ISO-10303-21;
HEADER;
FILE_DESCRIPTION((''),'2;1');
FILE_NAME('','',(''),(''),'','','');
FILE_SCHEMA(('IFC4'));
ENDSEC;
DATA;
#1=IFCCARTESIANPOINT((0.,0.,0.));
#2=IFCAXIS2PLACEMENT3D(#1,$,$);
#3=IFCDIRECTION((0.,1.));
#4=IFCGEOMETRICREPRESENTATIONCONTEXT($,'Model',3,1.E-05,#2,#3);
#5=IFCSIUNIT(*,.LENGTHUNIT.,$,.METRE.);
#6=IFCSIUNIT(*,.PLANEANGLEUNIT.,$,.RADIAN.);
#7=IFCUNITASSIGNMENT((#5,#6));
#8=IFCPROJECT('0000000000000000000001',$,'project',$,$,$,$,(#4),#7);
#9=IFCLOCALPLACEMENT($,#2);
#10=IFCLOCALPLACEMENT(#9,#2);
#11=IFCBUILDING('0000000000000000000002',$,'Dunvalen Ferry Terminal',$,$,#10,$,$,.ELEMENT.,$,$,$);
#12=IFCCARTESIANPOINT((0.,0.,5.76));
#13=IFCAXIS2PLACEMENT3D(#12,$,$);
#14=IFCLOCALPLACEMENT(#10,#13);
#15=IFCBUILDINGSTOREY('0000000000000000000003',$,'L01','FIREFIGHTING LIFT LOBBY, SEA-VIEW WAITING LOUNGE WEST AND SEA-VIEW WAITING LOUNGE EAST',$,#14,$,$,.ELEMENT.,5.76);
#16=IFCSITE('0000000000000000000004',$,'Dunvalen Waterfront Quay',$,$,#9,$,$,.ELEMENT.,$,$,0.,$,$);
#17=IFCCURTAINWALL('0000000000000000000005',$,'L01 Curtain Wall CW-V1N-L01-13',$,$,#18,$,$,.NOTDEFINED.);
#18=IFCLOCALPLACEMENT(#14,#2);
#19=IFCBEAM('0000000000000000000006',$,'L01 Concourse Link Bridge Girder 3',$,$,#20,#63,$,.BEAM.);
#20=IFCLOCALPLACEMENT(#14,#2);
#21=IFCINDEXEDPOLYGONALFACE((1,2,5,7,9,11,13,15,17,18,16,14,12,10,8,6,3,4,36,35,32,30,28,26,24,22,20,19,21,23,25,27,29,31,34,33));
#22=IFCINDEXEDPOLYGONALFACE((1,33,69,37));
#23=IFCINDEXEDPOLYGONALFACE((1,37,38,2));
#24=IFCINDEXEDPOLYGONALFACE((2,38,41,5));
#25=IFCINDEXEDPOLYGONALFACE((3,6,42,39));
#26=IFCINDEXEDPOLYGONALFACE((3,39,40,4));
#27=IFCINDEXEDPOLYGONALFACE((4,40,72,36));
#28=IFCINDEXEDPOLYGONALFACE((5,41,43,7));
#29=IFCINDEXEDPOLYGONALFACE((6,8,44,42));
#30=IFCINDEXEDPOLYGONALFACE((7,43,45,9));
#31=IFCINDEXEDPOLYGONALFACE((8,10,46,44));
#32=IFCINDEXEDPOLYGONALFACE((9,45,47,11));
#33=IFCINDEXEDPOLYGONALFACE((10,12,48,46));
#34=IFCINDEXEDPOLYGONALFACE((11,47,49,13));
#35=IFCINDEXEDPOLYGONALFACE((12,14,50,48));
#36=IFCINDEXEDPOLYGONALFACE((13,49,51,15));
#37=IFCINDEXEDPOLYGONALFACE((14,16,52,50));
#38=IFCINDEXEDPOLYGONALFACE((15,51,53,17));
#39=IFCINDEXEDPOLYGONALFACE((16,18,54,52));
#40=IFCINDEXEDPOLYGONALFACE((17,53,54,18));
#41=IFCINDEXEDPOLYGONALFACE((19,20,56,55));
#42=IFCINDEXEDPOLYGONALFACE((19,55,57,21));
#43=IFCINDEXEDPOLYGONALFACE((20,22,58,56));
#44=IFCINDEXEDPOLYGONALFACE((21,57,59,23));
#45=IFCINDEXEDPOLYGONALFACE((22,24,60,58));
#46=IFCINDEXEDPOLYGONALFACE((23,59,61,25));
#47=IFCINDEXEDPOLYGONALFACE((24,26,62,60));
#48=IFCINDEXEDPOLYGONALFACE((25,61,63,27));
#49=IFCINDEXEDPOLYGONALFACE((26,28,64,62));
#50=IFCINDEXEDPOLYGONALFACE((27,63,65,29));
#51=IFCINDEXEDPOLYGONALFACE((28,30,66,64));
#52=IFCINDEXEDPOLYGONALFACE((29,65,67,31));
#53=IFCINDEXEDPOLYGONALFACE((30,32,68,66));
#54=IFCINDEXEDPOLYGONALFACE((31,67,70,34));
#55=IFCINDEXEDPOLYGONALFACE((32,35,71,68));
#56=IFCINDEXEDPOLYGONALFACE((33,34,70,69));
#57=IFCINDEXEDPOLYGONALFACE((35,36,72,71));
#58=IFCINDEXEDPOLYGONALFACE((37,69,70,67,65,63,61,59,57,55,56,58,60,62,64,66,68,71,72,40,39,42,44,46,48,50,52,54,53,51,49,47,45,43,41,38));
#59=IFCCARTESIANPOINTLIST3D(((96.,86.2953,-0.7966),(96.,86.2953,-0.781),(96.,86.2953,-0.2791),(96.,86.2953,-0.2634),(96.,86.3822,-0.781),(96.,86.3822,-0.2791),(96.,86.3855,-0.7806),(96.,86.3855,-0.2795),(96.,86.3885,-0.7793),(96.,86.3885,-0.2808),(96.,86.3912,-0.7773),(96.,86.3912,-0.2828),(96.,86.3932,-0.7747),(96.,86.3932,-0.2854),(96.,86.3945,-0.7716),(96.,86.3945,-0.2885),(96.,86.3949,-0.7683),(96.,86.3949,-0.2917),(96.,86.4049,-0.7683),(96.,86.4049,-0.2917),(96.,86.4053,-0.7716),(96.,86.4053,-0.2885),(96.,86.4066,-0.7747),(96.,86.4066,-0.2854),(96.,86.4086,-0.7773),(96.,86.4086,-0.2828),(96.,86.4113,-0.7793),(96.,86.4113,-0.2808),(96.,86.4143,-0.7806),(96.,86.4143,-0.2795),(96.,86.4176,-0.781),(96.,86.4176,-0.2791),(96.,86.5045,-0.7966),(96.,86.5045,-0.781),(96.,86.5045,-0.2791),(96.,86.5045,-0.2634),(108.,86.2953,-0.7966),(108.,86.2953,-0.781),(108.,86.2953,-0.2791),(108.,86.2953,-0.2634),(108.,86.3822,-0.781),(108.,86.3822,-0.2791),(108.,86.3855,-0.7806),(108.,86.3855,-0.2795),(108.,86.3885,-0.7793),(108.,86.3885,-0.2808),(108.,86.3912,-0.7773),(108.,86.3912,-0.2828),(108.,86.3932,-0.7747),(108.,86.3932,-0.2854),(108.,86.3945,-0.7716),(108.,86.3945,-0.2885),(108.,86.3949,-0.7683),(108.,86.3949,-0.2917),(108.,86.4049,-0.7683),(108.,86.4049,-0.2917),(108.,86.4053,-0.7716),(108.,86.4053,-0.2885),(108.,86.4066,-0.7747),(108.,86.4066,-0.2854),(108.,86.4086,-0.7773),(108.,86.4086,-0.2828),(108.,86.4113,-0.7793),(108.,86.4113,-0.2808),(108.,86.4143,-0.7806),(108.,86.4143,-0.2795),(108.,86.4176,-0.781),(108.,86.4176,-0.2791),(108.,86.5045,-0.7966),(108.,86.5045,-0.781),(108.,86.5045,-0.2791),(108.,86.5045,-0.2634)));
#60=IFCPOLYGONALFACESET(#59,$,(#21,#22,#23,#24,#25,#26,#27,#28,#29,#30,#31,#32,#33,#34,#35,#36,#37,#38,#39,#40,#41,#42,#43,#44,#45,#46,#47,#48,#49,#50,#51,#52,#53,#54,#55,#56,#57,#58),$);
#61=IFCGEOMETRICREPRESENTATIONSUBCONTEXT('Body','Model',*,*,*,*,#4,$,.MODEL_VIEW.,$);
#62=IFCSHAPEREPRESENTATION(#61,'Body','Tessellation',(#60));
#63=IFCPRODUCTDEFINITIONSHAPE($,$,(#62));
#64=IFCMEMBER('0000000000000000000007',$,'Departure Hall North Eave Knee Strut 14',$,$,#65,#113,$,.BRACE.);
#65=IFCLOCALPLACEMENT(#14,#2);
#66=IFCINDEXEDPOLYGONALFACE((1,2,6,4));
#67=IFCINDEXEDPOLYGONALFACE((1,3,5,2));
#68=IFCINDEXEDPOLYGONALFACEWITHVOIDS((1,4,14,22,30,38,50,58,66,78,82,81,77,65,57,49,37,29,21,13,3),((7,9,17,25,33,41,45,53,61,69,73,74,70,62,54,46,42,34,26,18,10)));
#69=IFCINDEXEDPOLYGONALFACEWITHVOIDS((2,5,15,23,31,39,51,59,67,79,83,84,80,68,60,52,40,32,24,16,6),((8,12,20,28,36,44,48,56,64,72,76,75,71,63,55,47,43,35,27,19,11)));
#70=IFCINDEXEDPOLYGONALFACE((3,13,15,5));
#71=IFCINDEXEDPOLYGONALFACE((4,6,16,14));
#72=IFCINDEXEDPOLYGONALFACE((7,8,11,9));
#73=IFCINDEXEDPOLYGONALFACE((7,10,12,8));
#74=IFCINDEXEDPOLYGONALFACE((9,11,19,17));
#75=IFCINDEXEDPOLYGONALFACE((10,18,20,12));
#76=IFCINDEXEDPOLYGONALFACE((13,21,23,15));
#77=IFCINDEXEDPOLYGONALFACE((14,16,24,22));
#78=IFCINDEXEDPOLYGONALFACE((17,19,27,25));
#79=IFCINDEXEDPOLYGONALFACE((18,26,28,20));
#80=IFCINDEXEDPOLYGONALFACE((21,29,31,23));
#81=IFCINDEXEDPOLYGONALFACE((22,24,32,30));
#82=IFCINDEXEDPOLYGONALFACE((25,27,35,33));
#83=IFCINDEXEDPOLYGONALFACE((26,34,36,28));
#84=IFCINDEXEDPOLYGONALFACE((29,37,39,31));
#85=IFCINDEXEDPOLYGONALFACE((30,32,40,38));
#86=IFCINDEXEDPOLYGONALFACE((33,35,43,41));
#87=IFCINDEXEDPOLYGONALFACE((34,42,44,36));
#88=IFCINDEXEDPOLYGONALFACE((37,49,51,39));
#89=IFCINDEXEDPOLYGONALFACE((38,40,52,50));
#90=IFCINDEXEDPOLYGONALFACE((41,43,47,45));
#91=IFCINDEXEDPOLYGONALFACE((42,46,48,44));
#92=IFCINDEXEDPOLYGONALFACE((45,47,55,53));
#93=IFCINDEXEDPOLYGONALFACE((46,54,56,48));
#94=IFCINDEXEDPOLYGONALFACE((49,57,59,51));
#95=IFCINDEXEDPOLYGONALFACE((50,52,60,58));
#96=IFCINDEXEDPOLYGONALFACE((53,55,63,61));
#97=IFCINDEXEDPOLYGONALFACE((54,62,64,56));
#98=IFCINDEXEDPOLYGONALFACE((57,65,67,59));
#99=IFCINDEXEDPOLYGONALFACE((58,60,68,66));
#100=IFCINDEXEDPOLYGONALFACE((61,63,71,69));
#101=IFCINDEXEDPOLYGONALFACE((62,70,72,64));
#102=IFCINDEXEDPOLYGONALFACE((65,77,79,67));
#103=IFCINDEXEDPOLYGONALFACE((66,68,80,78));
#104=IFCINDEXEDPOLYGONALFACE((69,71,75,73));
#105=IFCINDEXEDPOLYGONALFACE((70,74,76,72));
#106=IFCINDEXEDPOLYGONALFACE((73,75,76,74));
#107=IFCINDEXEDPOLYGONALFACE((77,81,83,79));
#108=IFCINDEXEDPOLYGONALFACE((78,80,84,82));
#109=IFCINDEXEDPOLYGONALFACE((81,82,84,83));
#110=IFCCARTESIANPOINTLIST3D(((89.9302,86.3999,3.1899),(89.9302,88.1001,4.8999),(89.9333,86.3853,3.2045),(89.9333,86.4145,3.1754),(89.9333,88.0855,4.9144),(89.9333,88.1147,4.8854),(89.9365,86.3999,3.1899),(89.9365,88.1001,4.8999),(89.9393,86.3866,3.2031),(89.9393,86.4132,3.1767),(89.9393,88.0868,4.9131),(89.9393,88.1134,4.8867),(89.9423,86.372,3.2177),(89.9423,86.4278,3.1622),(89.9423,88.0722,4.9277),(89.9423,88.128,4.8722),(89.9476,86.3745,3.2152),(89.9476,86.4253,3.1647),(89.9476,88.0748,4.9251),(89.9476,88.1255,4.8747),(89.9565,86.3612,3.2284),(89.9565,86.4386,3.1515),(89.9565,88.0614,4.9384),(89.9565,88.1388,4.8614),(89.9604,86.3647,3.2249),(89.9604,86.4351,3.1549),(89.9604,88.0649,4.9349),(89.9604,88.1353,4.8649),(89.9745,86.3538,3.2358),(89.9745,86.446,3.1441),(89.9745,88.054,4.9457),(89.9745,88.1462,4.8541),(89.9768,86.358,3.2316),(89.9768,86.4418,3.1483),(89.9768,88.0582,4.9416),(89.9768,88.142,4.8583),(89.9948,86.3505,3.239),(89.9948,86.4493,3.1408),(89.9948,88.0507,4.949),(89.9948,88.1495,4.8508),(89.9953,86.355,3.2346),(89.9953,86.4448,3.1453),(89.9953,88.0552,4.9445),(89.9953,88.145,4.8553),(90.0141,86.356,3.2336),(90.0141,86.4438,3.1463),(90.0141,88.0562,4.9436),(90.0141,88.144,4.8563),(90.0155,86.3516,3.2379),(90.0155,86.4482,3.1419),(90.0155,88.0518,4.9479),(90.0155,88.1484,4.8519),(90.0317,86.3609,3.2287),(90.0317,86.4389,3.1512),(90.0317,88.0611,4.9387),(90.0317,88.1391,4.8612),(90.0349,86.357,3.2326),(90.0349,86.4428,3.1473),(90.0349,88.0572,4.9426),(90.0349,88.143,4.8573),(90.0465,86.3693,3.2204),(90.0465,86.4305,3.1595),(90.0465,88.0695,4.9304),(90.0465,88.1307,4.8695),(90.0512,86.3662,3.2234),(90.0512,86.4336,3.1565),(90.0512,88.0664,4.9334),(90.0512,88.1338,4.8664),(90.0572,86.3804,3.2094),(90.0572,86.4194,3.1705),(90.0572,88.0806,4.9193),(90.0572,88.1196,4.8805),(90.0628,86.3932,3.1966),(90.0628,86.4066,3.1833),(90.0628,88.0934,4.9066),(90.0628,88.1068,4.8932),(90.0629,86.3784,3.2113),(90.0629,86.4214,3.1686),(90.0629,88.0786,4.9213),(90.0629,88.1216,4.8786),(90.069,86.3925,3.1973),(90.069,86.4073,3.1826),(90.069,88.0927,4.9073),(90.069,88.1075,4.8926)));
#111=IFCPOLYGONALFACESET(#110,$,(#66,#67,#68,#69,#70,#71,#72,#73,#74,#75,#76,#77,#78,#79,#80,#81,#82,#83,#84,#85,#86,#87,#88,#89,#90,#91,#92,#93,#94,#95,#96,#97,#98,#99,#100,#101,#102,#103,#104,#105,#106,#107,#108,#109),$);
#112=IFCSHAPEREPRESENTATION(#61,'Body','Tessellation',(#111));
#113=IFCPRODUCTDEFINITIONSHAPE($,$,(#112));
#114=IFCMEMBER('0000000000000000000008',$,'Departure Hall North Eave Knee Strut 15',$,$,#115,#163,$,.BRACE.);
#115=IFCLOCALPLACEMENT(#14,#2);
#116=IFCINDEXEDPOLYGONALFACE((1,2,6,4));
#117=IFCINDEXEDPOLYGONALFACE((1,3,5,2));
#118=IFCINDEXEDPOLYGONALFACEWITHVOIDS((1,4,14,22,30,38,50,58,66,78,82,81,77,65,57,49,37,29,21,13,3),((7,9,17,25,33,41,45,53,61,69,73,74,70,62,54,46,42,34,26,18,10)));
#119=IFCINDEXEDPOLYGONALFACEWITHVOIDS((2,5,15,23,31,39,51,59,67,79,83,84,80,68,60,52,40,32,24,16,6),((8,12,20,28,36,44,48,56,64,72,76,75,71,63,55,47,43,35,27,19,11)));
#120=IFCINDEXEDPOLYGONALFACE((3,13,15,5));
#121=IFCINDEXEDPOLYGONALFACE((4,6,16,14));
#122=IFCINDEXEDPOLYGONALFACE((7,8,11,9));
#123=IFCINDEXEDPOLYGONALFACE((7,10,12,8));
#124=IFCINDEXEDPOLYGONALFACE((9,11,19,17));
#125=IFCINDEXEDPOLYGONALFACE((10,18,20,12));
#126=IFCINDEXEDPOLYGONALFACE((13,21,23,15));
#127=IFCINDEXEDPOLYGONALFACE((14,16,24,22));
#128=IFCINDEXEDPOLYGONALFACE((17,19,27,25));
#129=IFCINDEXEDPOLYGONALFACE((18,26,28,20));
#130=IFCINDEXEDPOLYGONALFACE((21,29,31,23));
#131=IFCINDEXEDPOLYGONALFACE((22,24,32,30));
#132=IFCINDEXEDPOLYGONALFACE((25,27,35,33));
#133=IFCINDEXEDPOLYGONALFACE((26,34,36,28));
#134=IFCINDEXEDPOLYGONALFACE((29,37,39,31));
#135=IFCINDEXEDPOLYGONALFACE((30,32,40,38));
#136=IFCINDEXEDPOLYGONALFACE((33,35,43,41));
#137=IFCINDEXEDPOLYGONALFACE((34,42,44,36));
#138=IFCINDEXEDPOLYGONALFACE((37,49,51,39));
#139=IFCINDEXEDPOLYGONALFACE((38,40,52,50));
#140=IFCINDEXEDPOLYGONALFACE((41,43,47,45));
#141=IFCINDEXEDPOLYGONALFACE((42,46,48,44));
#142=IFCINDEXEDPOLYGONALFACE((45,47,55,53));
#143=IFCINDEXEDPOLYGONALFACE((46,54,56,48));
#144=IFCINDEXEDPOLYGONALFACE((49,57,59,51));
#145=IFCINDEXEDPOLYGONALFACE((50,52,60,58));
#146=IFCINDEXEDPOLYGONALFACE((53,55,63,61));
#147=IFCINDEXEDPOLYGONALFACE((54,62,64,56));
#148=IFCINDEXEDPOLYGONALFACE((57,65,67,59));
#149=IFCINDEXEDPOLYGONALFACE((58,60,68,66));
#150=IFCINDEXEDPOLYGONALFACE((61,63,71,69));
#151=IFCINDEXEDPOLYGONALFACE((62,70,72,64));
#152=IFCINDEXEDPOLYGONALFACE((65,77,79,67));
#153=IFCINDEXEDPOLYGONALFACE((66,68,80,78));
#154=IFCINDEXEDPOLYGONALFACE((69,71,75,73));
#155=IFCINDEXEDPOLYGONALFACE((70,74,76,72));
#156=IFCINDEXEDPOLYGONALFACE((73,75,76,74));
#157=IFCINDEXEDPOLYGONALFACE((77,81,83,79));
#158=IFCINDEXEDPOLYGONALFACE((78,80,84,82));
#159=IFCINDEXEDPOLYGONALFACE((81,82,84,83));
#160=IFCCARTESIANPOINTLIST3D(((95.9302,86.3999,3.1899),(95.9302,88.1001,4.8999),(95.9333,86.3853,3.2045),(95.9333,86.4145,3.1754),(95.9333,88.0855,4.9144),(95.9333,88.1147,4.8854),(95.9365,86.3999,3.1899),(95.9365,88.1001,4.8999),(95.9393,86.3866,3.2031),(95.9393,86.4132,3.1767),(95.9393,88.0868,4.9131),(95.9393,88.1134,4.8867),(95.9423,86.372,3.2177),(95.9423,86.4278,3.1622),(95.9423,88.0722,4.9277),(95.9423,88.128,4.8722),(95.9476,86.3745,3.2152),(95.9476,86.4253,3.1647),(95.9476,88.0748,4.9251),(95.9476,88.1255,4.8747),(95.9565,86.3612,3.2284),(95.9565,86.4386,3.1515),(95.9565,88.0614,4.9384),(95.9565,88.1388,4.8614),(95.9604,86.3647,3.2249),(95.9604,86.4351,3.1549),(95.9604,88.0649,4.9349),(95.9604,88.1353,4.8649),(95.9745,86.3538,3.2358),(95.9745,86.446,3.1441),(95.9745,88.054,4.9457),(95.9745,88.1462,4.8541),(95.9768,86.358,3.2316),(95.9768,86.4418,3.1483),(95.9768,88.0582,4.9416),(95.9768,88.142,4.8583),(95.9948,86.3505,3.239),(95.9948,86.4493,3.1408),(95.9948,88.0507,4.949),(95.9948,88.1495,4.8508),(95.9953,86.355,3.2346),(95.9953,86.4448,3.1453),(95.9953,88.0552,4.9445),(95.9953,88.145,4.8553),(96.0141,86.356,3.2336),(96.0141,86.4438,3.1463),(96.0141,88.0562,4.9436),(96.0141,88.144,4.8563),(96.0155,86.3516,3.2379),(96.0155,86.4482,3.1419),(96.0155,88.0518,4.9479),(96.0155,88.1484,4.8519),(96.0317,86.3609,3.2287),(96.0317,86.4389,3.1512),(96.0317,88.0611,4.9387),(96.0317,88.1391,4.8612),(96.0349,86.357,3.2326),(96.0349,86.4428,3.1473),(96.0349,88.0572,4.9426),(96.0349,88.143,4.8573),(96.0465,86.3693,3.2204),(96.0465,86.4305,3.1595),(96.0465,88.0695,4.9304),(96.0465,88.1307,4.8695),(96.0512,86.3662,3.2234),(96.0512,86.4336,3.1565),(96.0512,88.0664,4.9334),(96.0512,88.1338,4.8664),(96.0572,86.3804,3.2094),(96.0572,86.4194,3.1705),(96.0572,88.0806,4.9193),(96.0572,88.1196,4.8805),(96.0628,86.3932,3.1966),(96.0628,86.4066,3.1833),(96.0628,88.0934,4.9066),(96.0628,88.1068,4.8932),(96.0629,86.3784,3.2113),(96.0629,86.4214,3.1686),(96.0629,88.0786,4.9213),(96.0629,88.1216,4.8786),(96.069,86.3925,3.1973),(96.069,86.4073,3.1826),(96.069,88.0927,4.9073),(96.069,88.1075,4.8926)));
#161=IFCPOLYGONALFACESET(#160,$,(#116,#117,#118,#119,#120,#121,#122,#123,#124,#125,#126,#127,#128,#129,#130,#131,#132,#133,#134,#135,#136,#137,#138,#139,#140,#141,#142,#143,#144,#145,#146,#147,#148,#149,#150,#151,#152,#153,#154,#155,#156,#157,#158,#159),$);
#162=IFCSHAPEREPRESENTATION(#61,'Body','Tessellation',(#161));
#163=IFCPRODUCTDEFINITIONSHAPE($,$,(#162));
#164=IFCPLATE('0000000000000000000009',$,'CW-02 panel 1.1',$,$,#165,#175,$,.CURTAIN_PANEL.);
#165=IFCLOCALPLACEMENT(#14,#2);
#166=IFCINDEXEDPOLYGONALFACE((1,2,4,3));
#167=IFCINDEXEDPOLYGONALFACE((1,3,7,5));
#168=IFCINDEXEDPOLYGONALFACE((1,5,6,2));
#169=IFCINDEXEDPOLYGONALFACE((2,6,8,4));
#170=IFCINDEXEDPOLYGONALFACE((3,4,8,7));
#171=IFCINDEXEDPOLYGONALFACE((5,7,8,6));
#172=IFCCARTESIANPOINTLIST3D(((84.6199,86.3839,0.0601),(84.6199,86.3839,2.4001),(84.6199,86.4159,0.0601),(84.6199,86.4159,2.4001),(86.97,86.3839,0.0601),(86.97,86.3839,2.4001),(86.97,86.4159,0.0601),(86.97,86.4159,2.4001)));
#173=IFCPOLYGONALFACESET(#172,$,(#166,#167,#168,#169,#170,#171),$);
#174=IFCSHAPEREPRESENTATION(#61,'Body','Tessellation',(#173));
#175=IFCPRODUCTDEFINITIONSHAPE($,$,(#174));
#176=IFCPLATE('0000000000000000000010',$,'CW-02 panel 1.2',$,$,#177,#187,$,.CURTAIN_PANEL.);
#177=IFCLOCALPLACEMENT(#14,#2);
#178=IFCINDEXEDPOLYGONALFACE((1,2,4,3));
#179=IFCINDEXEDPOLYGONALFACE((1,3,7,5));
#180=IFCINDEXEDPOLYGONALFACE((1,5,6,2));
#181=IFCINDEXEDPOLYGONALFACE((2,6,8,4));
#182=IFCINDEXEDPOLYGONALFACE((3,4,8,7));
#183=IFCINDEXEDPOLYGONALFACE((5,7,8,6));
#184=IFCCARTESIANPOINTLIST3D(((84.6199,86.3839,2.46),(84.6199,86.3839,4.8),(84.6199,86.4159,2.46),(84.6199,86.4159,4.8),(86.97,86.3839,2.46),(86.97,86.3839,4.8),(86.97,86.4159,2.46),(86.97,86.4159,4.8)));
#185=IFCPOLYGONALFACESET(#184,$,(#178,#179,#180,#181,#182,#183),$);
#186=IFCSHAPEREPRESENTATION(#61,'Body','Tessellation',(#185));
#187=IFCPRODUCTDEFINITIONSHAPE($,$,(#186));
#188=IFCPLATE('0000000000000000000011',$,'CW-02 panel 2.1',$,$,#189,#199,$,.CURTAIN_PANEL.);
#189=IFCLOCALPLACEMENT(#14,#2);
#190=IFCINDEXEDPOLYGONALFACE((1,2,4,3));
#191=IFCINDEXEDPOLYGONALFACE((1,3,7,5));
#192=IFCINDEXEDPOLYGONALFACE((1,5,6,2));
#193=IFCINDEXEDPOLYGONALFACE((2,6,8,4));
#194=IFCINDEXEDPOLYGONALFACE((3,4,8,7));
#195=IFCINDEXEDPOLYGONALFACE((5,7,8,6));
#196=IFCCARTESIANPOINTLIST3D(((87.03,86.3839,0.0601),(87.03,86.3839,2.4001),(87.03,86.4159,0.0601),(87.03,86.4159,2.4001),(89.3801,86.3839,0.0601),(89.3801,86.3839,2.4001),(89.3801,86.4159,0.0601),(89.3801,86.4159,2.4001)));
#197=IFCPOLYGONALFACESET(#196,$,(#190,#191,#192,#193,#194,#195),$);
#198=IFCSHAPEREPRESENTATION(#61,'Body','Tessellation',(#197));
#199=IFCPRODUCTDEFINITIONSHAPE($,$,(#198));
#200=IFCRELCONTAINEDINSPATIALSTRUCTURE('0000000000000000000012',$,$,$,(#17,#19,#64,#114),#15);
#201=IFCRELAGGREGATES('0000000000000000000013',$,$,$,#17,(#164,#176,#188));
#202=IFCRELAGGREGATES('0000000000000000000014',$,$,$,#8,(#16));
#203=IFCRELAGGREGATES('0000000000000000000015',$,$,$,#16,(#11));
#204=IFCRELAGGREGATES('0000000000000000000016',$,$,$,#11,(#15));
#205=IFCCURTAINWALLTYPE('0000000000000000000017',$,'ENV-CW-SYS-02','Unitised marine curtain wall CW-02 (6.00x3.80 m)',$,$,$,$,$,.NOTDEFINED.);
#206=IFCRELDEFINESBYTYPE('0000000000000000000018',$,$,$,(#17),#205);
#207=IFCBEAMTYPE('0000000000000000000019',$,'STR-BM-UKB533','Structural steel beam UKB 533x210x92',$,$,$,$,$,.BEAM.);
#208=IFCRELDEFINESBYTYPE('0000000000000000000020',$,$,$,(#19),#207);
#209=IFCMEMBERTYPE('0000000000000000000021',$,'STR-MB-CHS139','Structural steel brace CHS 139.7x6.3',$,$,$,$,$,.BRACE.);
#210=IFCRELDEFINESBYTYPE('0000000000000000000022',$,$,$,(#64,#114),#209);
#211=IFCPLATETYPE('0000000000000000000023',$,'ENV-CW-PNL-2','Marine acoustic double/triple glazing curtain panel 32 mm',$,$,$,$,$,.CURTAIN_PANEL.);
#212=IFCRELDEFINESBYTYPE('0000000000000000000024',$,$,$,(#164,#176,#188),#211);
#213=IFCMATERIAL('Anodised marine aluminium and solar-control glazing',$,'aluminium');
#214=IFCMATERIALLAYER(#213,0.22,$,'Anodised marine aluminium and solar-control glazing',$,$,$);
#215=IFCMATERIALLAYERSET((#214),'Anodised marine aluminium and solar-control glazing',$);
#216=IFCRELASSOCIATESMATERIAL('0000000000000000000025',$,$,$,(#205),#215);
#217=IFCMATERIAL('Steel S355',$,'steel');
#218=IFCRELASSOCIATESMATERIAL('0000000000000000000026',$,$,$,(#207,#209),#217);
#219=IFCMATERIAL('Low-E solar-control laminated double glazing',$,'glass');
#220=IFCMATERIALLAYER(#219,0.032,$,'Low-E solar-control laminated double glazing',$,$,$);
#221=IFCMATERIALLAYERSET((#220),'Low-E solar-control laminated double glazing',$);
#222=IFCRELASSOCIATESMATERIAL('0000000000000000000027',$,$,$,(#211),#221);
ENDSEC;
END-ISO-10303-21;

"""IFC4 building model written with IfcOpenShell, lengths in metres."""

from ifc_helpers import new_model, si_unit, direction, frame, origin, origin_2d, place, context, subcontext, project, spatial, rectangle, hollow_circle, i_section, extrude, material, layer, layer_set, material_profile, profile_set, type_object, element, aggregate, save


model = new_model("IFC4")

# Units and contexts
model_context = context("Model", 3, precision=1e-05, world=origin(), true_north=direction((0.0, 1.0)))
body_context = subcontext(model_context, "Body", "Model", "MODEL_VIEW")
ifc_project = project(units=[si_unit("LENGTHUNIT", "METRE"), si_unit("PLANEANGLEUNIT", "RADIAN")], contexts=[model_context])

# Site, building, storey
site_placement = place(None, origin())
site = spatial("IfcSite", under=ifc_project, at=site_placement, Name="Dunvalen Waterfront Quay", CompositionType="ELEMENT", RefElevation=0.0)
building_placement = place(site_placement, origin())
building = spatial("IfcBuilding", under=site, at=building_placement, Name="Dunvalen Ferry Terminal", CompositionType="ELEMENT")
storey_placement = place(building_placement, frame((0.0, 0.0, 5.76)))
storey = spatial("IfcBuildingStorey", under=building, at=storey_placement, Name="L01", Description="FIREFIGHTING LIFT LOBBY, SEA-VIEW WAITING LOUNGE WEST AND SEA-VIEW WAITING LOUNGE EAST", CompositionType="ELEMENT", Elevation=5.76)

# Shared definitions
ifc_material_1 = material(Name="Steel S355", Category="steel")

# Curtain wall
ifc_material_2 = material(Name="Anodised marine aluminium and solar-control glazing", Category="aluminium")
ifc_layer_1 = layer(ifc_material_2, 0.22, Name="Anodised marine aluminium and solar-control glazing")
ifc_layer_set_1 = layer_set([ifc_layer_1], Name="Anodised marine aluminium and solar-control glazing")
curtain_wall_type_1 = type_object("IfcCurtainWallType", Name="ENV-CW-SYS-02", Description="Unitised marine curtain wall CW-02 (6.00x3.80 m)", PredefinedType="NOTDEFINED", material=ifc_layer_set_1)
curtain_wall_1_placement = place(storey_placement, origin())
curtain_wall_1 = element("IfcCurtainWall", 1, at=curtain_wall_1_placement, inside=storey, type_object=curtain_wall_type_1, Name="L01 Curtain Wall CW-V1N-L01-13", PredefinedType="NOTDEFINED")

# Beam
ifc_material_profile_1 = material_profile(ifc_material_1, i_section(OverallWidth=0.2092, OverallDepth=0.5332, WebThickness=0.01, FlangeThickness=0.0156, FilletRadius=0.0127, at=origin_2d()), Name="Steel S355")
ifc_profile_set_1 = profile_set([ifc_material_profile_1], Name="Steel S355")
beam_type_1 = type_object("IfcBeamType", Name="STR-BM-UKB533", Description="Structural steel beam UKB 533x210x92", PredefinedType="BEAM", material=ifc_profile_set_1)
beam_1_placement = place(storey_placement, frame((96.0, 86.3999, -0.53), z_axis=(1.0, 0.0, 0.0), x_axis=(0.0, 1.0, 0.0)))
element("IfcBeam", 2, at=beam_1_placement, inside=storey, type_object=beam_type_1, Name="L01 Concourse Link Bridge Girder 3", PredefinedType="BEAM", context=body_context, shape_type="SweptSolid", body=[
    extrude(i_section(OverallWidth=0.2092, OverallDepth=0.5332, WebThickness=0.01, FlangeThickness=0.0156, FilletRadius=0.0127, at=origin_2d()), origin(), (0.0, 0.0, 1.0), 12.0),
])

# Members
ifc_material_profile_2 = material_profile(ifc_material_1, hollow_circle(Radius=0.0698, WallThickness=0.0063, at=origin_2d()), Name="Steel S355")
ifc_profile_set_2 = profile_set([ifc_material_profile_2], Name="Steel S355")
member_type_1 = type_object("IfcMemberType", Name="STR-MB-CHS139", Description="Structural steel brace CHS 139.7x6.3", PredefinedType="BRACE", material=ifc_profile_set_2)
for number, where, z_axis, x_axis, name in (
    (3, (90.0, 86.3999, 3.1899), (0.0, 0.705079, 0.709129), (-1.0, 0.0, 0.0), "Departure Hall North Eave Knee Strut 14"),
    (4, (96.0, 86.3999, 3.1899), (0.0, 0.705079, 0.709129), (-1.0, 0.0, 0.0), "Departure Hall North Eave Knee Strut 15"),
):
    element("IfcMember", number, at=place(storey_placement, frame(where, z_axis=z_axis, x_axis=x_axis)), inside=storey, type_object=member_type_1, Name=name, PredefinedType="BRACE", context=body_context, shape_type="SweptSolid", body=[
        extrude(hollow_circle(Radius=0.0698, WallThickness=0.0063, at=origin_2d()), origin(), (0.0, 0.0, 1.0), 2.4114),
    ])

# Plates
ifc_material_3 = material(Name="Low-E solar-control laminated double glazing", Category="glass")
ifc_layer_2 = layer(ifc_material_3, 0.032, Name="Low-E solar-control laminated double glazing")
ifc_layer_set_2 = layer_set([ifc_layer_2], Name="Low-E solar-control laminated double glazing")
plate_type_1 = type_object("IfcPlateType", Name="ENV-CW-PNL-2", Description="Marine acoustic double/triple glazing curtain panel 32 mm", PredefinedType="CURTAIN_PANEL", material=ifc_layer_set_2)
plate_1_placement = place(storey_placement, frame((85.7949, 86.3999, 0.0601), z_axis=(0.0, 0.0, 1.0), x_axis=(1.0, 0.0, 0.0)))
plate_1 = element("IfcPlate", 5, at=plate_1_placement, type_object=plate_type_1, Name="CW-02 panel 1.1", PredefinedType="CURTAIN_PANEL", context=body_context, shape_type="SweptSolid", body=[
    extrude(rectangle(XDim=2.3501, YDim=0.032, at=origin_2d()), origin(), (0.0, 0.0, 1.0), 2.3401),
])
plate_2_placement = place(storey_placement, frame((85.7949, 86.3999, 2.46), z_axis=(0.0, 0.0, 1.0), x_axis=(1.0, 0.0, 0.0)))
plate_2 = element("IfcPlate", 6, at=plate_2_placement, type_object=plate_type_1, Name="CW-02 panel 1.2", PredefinedType="CURTAIN_PANEL", context=body_context, shape_type="SweptSolid", body=[
    extrude(rectangle(XDim=2.3501, YDim=0.032, at=origin_2d()), origin(), (0.0, 0.0, 1.0), 2.3401),
])
plate_3_placement = place(storey_placement, frame((88.2051, 86.3999, 0.0601), z_axis=(0.0, 0.0, 1.0), x_axis=(1.0, 0.0, 0.0)))
plate_3 = element("IfcPlate", 7, at=plate_3_placement, type_object=plate_type_1, Name="CW-02 panel 2.1", PredefinedType="CURTAIN_PANEL", context=body_context, shape_type="SweptSolid", body=[
    extrude(rectangle(XDim=2.3501, YDim=0.032, at=origin_2d()), origin(), (0.0, 0.0, 1.0), 2.3401),
])
aggregate(curtain_wall_1, [plate_1, plate_2, plate_3])

save(model, "model.ifc")
